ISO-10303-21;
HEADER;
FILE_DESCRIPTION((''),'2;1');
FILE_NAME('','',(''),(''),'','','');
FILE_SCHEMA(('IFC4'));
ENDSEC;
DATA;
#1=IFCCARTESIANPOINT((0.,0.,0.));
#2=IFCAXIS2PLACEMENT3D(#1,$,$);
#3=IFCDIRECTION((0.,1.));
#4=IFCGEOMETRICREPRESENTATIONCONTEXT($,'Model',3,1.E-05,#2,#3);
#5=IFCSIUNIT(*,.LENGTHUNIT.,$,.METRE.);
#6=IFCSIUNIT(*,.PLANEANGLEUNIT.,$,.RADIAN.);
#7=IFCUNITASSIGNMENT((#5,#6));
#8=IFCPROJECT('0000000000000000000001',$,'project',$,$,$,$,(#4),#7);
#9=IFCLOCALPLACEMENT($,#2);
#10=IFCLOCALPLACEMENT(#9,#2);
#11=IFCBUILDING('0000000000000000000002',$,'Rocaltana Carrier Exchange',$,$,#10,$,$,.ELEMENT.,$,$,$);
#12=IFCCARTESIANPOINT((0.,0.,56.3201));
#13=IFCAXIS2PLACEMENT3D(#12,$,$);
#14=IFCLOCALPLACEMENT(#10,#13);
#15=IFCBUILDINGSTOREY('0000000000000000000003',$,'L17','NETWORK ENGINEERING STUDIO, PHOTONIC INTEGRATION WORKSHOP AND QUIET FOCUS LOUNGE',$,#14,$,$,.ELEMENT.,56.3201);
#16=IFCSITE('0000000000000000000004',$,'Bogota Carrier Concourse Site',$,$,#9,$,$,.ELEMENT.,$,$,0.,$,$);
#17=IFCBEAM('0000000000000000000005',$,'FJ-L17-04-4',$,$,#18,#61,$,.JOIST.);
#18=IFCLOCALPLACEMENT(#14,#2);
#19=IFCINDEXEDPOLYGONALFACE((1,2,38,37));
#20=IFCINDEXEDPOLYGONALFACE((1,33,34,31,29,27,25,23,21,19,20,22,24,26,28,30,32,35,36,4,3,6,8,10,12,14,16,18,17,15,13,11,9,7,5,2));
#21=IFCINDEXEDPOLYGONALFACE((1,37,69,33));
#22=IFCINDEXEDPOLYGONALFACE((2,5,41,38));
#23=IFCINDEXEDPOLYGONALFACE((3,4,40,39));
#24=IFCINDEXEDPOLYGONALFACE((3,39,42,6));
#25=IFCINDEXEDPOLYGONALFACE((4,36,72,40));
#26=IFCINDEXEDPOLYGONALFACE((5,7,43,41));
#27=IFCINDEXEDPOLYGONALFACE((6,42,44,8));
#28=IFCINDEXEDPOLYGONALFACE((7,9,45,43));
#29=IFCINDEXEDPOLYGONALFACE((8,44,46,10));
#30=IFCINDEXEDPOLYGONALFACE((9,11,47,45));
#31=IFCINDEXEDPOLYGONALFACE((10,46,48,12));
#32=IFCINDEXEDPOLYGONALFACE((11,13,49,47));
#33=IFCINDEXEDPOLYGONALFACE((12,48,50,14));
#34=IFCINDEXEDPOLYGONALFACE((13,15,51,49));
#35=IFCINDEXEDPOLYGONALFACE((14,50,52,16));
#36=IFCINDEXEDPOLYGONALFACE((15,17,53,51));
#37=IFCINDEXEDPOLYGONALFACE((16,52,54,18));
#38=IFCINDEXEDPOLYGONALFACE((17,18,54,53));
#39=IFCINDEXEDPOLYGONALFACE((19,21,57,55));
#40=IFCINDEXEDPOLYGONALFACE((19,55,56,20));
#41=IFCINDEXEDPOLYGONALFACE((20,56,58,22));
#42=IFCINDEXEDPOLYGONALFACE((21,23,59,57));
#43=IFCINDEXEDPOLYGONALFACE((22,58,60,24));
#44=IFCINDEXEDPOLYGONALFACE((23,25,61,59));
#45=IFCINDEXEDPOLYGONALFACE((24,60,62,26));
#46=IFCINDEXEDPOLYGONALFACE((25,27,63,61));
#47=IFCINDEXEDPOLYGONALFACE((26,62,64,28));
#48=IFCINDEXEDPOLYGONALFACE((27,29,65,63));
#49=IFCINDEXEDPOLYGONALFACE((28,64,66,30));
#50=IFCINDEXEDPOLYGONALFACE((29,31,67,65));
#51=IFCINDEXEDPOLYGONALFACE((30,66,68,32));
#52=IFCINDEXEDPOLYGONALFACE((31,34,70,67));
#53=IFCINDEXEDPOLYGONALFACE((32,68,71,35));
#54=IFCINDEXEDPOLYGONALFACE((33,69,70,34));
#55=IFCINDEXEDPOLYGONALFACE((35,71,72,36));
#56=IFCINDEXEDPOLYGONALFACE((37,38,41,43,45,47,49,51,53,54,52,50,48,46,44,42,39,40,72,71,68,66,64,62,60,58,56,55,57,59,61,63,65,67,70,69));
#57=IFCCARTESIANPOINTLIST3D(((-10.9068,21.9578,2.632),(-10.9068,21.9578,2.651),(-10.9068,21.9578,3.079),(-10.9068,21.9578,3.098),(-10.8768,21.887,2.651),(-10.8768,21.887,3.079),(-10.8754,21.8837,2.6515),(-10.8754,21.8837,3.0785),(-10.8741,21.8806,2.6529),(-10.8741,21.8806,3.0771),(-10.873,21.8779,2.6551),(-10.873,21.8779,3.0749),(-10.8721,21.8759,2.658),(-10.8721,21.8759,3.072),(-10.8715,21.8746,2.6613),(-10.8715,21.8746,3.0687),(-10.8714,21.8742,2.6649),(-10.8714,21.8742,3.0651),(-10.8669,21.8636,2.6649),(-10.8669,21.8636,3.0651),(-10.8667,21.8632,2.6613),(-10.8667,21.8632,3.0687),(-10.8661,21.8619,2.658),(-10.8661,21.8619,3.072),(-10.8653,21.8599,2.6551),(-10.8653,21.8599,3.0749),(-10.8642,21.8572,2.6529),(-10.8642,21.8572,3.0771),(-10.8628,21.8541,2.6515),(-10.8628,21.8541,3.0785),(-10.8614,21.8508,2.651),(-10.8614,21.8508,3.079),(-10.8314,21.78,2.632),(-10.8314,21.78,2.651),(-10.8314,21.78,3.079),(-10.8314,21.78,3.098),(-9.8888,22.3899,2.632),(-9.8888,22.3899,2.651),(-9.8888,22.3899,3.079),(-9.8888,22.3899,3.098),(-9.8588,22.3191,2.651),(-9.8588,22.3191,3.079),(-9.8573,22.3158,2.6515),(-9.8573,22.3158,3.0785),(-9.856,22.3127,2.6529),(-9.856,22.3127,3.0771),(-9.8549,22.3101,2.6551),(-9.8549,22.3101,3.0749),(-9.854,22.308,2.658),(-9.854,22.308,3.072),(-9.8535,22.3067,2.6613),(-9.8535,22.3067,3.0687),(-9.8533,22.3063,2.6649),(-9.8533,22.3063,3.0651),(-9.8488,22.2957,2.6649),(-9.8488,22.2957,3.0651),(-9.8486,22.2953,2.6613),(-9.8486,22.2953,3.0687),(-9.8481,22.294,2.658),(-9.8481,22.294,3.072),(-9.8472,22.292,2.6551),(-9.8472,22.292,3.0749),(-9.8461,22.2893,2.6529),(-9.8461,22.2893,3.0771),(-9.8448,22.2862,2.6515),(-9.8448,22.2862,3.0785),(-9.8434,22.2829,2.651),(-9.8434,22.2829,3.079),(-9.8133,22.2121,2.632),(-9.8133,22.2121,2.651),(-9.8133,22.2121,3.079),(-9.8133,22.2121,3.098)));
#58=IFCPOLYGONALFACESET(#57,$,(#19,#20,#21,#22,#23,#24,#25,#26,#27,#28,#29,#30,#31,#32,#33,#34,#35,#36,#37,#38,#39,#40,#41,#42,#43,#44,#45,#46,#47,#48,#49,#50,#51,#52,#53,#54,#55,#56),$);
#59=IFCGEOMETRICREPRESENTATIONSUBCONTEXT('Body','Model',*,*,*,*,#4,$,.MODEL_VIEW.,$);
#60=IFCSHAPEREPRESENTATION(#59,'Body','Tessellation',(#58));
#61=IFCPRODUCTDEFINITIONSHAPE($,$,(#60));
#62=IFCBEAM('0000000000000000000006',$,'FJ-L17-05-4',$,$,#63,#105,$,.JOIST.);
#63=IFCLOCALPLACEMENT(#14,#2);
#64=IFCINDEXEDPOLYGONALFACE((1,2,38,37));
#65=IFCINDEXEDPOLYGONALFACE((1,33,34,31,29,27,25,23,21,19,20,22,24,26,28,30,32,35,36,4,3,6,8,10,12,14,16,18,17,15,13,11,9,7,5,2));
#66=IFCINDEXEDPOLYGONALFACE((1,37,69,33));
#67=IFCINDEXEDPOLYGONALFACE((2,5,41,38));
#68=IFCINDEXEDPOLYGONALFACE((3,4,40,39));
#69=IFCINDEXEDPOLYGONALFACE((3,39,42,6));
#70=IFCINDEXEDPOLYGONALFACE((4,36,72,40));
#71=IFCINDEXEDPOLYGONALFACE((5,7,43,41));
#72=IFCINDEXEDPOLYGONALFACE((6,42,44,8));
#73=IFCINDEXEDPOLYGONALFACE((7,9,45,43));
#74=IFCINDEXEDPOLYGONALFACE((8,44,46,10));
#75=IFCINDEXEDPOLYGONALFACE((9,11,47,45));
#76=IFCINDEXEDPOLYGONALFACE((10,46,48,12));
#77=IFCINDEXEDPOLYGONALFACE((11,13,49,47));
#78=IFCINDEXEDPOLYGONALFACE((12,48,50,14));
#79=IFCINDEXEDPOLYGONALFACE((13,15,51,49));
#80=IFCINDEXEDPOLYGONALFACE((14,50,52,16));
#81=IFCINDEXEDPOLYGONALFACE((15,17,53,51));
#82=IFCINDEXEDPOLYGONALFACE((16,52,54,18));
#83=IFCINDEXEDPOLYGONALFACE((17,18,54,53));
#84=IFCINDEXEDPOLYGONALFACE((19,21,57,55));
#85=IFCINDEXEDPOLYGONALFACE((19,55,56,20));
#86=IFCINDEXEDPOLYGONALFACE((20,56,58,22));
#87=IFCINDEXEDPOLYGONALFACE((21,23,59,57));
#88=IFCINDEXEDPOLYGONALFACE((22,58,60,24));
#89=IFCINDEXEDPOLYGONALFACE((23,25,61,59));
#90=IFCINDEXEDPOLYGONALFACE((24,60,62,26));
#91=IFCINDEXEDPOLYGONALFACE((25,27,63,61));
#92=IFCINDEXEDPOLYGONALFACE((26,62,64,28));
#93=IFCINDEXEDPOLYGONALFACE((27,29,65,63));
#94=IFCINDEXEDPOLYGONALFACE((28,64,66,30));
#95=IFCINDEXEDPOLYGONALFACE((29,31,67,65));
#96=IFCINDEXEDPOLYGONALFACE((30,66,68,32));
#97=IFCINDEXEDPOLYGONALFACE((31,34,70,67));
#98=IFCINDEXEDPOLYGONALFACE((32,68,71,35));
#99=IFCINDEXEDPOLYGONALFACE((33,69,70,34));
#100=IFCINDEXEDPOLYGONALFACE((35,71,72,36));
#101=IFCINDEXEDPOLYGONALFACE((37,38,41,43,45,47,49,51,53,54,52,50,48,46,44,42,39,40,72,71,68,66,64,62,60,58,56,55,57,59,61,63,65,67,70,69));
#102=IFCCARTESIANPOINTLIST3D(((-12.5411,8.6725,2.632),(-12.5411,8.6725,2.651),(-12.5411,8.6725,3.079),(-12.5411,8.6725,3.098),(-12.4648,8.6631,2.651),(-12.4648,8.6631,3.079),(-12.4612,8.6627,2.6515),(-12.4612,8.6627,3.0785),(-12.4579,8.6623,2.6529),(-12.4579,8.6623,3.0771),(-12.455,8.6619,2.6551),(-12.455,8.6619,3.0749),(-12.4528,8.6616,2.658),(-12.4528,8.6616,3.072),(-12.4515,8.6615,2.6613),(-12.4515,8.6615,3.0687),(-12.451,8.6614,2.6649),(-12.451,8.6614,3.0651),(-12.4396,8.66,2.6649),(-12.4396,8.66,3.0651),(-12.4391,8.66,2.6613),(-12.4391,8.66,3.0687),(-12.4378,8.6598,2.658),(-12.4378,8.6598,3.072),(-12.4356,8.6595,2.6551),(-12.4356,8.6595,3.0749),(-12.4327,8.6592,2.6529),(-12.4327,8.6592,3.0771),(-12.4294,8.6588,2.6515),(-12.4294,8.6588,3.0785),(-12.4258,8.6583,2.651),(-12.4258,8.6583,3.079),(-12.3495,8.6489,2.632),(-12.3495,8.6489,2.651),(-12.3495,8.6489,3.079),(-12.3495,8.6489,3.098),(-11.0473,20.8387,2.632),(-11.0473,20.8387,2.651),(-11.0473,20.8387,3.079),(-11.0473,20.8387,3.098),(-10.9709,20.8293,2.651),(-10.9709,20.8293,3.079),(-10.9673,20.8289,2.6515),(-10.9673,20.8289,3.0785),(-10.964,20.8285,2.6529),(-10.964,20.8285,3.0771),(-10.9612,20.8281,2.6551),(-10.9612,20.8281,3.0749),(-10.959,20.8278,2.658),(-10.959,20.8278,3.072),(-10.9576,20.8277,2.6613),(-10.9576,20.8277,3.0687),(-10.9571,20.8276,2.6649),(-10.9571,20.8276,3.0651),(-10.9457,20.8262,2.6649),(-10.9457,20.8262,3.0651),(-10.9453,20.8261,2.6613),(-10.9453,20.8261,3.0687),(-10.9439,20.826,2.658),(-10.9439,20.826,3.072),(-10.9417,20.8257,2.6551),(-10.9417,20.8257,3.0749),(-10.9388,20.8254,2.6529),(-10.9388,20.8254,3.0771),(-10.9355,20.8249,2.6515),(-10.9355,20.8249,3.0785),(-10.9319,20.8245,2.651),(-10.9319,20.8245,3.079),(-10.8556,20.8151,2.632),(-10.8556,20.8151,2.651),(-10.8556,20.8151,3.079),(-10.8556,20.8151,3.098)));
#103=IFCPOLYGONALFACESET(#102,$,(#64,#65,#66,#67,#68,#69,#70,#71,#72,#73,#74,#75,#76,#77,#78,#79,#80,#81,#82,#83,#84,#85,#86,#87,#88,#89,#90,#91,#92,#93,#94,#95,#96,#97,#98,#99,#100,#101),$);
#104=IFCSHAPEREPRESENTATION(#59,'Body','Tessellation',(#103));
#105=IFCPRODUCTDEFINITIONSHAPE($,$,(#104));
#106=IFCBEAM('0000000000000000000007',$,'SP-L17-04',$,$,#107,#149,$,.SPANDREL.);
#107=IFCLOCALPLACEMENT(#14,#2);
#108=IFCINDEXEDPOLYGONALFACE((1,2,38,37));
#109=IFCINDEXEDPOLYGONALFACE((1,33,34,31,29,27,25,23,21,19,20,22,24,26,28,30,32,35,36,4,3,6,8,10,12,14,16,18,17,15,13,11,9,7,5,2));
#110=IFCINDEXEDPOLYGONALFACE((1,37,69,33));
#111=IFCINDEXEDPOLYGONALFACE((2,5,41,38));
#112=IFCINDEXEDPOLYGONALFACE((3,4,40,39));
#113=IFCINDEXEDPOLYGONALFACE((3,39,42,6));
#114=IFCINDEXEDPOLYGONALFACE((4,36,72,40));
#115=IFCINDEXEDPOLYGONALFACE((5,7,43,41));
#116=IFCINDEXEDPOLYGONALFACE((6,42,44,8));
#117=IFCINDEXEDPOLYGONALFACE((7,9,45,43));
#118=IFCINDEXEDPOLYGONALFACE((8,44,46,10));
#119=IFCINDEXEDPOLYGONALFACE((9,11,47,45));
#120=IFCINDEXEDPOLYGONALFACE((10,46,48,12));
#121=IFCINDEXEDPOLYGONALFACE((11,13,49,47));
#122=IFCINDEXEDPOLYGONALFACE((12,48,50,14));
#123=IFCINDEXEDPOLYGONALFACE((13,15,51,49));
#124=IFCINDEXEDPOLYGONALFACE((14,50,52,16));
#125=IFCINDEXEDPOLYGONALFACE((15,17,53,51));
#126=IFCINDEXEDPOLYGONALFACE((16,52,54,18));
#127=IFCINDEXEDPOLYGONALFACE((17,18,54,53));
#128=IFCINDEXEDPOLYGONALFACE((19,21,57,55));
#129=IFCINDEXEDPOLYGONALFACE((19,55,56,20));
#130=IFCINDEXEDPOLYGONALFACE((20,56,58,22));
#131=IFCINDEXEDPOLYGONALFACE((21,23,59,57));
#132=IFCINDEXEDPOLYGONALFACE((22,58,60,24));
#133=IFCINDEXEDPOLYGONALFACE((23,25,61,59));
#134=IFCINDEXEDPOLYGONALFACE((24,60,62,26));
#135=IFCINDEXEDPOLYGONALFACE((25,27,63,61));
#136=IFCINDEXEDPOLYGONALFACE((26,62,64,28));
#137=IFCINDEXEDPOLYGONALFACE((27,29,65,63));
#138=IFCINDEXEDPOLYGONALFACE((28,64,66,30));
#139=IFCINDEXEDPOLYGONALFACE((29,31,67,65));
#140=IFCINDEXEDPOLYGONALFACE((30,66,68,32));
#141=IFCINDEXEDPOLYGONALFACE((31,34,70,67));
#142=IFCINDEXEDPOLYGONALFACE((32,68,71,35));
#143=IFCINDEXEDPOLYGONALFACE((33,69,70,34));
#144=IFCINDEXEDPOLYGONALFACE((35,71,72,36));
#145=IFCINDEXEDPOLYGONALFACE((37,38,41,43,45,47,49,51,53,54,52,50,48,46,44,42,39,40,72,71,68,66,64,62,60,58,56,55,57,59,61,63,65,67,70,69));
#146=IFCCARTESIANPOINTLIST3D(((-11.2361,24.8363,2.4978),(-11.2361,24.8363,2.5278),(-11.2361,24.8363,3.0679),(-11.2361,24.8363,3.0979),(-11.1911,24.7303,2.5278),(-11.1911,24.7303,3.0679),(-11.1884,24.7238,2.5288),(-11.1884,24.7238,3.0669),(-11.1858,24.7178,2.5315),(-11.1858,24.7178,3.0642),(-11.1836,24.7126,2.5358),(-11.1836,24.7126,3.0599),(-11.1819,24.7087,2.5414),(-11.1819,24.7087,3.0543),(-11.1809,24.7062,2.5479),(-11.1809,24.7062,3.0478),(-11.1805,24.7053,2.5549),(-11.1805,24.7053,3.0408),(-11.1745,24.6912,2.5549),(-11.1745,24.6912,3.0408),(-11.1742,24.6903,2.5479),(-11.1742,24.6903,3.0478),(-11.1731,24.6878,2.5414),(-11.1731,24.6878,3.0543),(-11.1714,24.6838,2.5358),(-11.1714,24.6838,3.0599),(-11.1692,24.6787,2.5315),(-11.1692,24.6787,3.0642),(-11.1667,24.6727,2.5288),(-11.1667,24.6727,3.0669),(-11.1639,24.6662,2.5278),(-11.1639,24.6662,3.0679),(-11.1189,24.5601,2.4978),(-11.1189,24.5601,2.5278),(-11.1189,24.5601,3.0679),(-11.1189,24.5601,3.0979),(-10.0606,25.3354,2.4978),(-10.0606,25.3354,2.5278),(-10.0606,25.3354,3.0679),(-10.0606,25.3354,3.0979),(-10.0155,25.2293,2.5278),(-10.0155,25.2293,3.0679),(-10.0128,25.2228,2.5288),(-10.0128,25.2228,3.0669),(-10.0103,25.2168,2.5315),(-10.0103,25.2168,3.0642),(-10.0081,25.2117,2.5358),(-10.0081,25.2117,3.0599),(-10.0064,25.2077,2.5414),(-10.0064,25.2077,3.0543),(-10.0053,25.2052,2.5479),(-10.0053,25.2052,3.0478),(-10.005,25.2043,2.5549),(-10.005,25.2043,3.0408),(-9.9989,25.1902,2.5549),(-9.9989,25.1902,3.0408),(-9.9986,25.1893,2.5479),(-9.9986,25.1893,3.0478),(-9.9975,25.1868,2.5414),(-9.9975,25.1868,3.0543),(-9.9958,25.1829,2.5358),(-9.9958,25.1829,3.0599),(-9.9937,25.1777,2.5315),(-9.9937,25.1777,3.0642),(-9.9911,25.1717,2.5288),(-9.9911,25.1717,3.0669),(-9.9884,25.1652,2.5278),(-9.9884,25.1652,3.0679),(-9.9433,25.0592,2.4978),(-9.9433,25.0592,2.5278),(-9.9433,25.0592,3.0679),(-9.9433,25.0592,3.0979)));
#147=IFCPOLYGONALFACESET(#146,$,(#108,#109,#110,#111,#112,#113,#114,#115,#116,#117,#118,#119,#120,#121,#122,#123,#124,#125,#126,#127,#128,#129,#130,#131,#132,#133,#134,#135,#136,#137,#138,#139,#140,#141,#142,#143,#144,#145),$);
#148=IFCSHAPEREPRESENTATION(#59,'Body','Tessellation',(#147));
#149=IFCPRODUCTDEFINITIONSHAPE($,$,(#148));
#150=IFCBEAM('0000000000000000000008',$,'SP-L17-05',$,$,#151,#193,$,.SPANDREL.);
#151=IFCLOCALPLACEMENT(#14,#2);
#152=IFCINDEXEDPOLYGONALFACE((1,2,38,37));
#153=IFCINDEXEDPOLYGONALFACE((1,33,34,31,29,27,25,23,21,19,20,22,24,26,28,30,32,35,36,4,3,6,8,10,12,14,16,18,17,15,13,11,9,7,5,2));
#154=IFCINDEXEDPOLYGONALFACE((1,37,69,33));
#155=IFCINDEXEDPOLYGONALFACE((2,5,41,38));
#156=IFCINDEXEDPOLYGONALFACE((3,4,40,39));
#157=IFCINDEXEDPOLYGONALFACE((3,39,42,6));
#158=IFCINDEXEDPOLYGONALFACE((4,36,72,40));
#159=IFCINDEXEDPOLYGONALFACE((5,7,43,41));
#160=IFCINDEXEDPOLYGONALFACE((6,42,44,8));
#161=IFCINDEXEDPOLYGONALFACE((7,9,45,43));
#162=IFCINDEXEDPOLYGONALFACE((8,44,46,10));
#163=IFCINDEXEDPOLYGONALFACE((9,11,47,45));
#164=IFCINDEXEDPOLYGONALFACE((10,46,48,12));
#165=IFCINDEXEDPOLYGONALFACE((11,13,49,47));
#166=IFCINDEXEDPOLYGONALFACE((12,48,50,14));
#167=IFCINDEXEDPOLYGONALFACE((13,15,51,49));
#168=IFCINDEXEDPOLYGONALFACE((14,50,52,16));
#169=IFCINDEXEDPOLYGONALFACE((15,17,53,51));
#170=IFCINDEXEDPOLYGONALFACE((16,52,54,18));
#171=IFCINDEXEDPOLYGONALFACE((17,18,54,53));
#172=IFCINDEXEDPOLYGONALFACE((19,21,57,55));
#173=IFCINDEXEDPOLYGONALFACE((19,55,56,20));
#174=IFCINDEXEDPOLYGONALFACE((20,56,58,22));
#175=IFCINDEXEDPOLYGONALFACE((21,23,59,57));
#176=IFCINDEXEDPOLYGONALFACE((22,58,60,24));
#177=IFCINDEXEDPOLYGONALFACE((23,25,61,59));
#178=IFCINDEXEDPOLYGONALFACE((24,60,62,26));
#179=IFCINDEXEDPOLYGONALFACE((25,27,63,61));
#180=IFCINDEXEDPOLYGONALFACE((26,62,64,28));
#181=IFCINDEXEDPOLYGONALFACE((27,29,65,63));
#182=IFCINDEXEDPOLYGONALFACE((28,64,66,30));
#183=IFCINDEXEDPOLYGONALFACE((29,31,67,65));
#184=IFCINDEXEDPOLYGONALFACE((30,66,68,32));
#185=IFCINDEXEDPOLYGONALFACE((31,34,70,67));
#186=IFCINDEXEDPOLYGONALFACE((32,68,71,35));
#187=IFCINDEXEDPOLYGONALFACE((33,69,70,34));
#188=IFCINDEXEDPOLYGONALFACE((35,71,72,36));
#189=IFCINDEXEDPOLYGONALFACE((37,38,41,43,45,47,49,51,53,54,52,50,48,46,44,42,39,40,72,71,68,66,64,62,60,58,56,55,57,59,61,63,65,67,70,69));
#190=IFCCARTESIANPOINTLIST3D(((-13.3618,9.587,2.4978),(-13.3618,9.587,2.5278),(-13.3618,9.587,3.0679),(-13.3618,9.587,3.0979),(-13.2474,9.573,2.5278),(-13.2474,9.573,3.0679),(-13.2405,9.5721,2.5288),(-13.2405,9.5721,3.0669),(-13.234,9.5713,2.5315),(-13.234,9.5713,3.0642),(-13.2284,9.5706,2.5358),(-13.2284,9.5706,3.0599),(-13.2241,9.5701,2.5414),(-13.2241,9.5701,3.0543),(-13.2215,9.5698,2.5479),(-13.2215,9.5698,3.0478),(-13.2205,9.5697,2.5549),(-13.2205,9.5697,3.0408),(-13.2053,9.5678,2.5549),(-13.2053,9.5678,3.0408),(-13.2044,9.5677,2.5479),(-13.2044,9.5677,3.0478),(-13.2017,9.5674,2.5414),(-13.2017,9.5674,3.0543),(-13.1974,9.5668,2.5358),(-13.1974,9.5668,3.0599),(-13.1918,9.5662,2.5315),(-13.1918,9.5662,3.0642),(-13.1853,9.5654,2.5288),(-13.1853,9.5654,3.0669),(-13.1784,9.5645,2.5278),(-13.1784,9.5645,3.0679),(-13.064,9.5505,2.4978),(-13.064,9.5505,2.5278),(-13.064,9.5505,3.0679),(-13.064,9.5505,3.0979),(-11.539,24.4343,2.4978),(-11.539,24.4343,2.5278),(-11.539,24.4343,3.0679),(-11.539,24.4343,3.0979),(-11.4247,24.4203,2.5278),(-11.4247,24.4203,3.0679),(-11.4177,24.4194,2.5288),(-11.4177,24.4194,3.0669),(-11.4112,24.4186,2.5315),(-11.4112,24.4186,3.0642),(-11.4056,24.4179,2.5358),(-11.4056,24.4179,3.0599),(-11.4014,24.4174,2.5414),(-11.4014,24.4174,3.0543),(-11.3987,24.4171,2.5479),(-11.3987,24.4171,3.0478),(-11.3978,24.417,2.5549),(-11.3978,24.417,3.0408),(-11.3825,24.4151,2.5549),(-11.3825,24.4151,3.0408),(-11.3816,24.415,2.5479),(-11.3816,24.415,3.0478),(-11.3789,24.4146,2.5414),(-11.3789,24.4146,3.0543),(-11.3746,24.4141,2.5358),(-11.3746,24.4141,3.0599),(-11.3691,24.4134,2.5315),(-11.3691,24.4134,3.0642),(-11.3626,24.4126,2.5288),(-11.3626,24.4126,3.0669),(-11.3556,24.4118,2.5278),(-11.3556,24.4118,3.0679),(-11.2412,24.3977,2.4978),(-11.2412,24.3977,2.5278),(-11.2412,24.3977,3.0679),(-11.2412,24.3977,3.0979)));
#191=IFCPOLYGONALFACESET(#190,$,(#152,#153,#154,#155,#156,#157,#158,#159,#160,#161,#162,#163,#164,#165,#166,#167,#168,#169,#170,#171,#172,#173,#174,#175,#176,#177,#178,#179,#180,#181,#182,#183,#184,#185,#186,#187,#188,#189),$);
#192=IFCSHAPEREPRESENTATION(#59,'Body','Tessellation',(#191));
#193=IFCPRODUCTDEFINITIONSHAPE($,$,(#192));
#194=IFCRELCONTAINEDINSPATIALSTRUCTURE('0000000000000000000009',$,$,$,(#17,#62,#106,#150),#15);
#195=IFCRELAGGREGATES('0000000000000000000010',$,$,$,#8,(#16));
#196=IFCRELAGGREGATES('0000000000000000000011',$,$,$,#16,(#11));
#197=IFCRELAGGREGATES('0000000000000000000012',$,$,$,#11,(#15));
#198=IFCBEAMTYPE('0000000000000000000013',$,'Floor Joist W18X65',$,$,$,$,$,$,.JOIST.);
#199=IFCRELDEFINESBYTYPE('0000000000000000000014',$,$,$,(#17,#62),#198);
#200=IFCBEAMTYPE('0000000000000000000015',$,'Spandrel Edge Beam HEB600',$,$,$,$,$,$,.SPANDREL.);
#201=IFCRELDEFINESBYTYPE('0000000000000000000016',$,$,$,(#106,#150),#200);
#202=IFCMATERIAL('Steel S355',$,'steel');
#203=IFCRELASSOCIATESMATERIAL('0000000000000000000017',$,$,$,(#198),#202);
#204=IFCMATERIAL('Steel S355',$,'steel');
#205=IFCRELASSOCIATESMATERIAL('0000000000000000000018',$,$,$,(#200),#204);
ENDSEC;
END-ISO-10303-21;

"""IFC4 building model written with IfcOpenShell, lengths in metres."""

from ifc_helpers import new_model, si_unit, direction, frame, origin, origin_2d, place, context, subcontext, project, spatial, i_section, extrude, material, material_profile, profile_set, type_object, element, save


model = new_model("IFC4")

# Units and contexts
model_context = context("Model", 3, precision=1e-05, world=origin(), true_north=direction((0.0, 1.0)))
body_context = subcontext(model_context, "Body", "Model", "MODEL_VIEW")
ifc_project = project(units=[si_unit("LENGTHUNIT", "METRE"), si_unit("PLANEANGLEUNIT", "RADIAN")], contexts=[model_context])

# Site, building, storey
site_placement = place(None, origin())
site = spatial("IfcSite", under=ifc_project, at=site_placement, Name="Bogota Carrier Concourse Site", CompositionType="ELEMENT", RefElevation=0.0)
building_placement = place(site_placement, origin())
building = spatial("IfcBuilding", under=site, at=building_placement, Name="Rocaltana Carrier Exchange", CompositionType="ELEMENT")
storey_placement = place(building_placement, frame((0.0, 0.0, 56.3201)))
storey = spatial("IfcBuildingStorey", under=building, at=storey_placement, Name="L17", Description="NETWORK ENGINEERING STUDIO, PHOTONIC INTEGRATION WORKSHOP AND QUIET FOCUS LOUNGE", CompositionType="ELEMENT", Elevation=56.3201)

# Beams
ifc_material_1 = material(Name="Steel S355", Category="steel")
ifc_material_profile_1 = material_profile(ifc_material_1, i_section(OverallWidth=0.1931, OverallDepth=0.4661, WebThickness=0.0115, FlangeThickness=0.019, FilletRadius=0.0139, at=origin_2d()), Name="W18X65")
ifc_profile_set_1 = profile_set([ifc_material_profile_1], Name="Steel S355")
beam_type_1 = type_object("IfcBeamType", Name="Floor Joist W18X65", PredefinedType="JOIST", material=ifc_profile_set_1)
beam_1_placement = place(storey_placement, frame((-9.8511, 22.301, 2.865), z_axis=(-0.92051, -0.39072, 0.0), x_axis=(0.39072, -0.92051, 0.0)))
element("IfcBeam", 1, at=beam_1_placement, inside=storey, type_object=beam_type_1, Name="FJ-L17-04-4", PredefinedType="JOIST", context=body_context, shape_type="SweptSolid", body=[
    extrude(i_section(OverallWidth=0.1931, OverallDepth=0.4661, WebThickness=0.0115, FlangeThickness=0.019, FilletRadius=0.0139, at=origin_2d()), origin(), (0.0, 0.0, 1.0), 1.106),
])
beam_2_placement = place(storey_placement, frame((-10.9514, 20.8269, 2.865), z_axis=(-0.121875, -0.992545, 0.0), x_axis=(0.992545, -0.121875, 0.0)))
element("IfcBeam", 2, at=beam_2_placement, inside=storey, type_object=beam_type_1, Name="FJ-L17-05-4", PredefinedType="JOIST", context=body_context, shape_type="SweptSolid", body=[
    extrude(i_section(OverallWidth=0.1931, OverallDepth=0.4661, WebThickness=0.0115, FlangeThickness=0.019, FilletRadius=0.0139, at=origin_2d()), origin(), (0.0, 0.0, 1.0), 12.2576),
])
ifc_material_2 = material(Name="Steel S355", Category="steel")
ifc_material_profile_2 = material_profile(ifc_material_2, i_section(OverallWidth=0.3, OverallDepth=0.6001, WebThickness=0.0154, FlangeThickness=0.03, FilletRadius=0.0271, at=origin_2d()), Name="HEB600")
ifc_profile_set_2 = profile_set([ifc_material_profile_2], Name="Steel S355")
beam_type_2 = type_object("IfcBeamType", Name="Spandrel Edge Beam HEB600", PredefinedType="SPANDREL", material=ifc_profile_set_2)
beam_3_placement = place(storey_placement, frame((-10.002, 25.1973, 2.7979), z_axis=(-0.920494, -0.390756, 0.0), x_axis=(0.390756, -0.920494, 0.0)))
element("IfcBeam", 3, at=beam_3_placement, inside=storey, type_object=beam_type_2, Name="SP-L17-04", PredefinedType="SPANDREL", context=body_context, shape_type="SweptSolid", body=[
    extrude(i_section(OverallWidth=0.3, OverallDepth=0.6001, WebThickness=0.0154, FlangeThickness=0.03, FilletRadius=0.0271, at=origin_2d()), origin(), (0.0, 0.0, 1.0), 1.2771),
])
beam_4_placement = place(storey_placement, frame((-11.3901, 24.416, 2.7979), z_axis=(-0.121853, -0.992548, 0.0), x_axis=(0.992548, -0.121853, 0.0)))
element("IfcBeam", 4, at=beam_4_placement, inside=storey, type_object=beam_type_2, Name="SP-L17-05", PredefinedType="SPANDREL", context=body_context, shape_type="SweptSolid", body=[
    extrude(i_section(OverallWidth=0.3, OverallDepth=0.6001, WebThickness=0.0154, FlangeThickness=0.03, FilletRadius=0.0271, at=origin_2d()), origin(), (0.0, 0.0, 1.0), 14.9587),
])

save(model, "model.ifc")
